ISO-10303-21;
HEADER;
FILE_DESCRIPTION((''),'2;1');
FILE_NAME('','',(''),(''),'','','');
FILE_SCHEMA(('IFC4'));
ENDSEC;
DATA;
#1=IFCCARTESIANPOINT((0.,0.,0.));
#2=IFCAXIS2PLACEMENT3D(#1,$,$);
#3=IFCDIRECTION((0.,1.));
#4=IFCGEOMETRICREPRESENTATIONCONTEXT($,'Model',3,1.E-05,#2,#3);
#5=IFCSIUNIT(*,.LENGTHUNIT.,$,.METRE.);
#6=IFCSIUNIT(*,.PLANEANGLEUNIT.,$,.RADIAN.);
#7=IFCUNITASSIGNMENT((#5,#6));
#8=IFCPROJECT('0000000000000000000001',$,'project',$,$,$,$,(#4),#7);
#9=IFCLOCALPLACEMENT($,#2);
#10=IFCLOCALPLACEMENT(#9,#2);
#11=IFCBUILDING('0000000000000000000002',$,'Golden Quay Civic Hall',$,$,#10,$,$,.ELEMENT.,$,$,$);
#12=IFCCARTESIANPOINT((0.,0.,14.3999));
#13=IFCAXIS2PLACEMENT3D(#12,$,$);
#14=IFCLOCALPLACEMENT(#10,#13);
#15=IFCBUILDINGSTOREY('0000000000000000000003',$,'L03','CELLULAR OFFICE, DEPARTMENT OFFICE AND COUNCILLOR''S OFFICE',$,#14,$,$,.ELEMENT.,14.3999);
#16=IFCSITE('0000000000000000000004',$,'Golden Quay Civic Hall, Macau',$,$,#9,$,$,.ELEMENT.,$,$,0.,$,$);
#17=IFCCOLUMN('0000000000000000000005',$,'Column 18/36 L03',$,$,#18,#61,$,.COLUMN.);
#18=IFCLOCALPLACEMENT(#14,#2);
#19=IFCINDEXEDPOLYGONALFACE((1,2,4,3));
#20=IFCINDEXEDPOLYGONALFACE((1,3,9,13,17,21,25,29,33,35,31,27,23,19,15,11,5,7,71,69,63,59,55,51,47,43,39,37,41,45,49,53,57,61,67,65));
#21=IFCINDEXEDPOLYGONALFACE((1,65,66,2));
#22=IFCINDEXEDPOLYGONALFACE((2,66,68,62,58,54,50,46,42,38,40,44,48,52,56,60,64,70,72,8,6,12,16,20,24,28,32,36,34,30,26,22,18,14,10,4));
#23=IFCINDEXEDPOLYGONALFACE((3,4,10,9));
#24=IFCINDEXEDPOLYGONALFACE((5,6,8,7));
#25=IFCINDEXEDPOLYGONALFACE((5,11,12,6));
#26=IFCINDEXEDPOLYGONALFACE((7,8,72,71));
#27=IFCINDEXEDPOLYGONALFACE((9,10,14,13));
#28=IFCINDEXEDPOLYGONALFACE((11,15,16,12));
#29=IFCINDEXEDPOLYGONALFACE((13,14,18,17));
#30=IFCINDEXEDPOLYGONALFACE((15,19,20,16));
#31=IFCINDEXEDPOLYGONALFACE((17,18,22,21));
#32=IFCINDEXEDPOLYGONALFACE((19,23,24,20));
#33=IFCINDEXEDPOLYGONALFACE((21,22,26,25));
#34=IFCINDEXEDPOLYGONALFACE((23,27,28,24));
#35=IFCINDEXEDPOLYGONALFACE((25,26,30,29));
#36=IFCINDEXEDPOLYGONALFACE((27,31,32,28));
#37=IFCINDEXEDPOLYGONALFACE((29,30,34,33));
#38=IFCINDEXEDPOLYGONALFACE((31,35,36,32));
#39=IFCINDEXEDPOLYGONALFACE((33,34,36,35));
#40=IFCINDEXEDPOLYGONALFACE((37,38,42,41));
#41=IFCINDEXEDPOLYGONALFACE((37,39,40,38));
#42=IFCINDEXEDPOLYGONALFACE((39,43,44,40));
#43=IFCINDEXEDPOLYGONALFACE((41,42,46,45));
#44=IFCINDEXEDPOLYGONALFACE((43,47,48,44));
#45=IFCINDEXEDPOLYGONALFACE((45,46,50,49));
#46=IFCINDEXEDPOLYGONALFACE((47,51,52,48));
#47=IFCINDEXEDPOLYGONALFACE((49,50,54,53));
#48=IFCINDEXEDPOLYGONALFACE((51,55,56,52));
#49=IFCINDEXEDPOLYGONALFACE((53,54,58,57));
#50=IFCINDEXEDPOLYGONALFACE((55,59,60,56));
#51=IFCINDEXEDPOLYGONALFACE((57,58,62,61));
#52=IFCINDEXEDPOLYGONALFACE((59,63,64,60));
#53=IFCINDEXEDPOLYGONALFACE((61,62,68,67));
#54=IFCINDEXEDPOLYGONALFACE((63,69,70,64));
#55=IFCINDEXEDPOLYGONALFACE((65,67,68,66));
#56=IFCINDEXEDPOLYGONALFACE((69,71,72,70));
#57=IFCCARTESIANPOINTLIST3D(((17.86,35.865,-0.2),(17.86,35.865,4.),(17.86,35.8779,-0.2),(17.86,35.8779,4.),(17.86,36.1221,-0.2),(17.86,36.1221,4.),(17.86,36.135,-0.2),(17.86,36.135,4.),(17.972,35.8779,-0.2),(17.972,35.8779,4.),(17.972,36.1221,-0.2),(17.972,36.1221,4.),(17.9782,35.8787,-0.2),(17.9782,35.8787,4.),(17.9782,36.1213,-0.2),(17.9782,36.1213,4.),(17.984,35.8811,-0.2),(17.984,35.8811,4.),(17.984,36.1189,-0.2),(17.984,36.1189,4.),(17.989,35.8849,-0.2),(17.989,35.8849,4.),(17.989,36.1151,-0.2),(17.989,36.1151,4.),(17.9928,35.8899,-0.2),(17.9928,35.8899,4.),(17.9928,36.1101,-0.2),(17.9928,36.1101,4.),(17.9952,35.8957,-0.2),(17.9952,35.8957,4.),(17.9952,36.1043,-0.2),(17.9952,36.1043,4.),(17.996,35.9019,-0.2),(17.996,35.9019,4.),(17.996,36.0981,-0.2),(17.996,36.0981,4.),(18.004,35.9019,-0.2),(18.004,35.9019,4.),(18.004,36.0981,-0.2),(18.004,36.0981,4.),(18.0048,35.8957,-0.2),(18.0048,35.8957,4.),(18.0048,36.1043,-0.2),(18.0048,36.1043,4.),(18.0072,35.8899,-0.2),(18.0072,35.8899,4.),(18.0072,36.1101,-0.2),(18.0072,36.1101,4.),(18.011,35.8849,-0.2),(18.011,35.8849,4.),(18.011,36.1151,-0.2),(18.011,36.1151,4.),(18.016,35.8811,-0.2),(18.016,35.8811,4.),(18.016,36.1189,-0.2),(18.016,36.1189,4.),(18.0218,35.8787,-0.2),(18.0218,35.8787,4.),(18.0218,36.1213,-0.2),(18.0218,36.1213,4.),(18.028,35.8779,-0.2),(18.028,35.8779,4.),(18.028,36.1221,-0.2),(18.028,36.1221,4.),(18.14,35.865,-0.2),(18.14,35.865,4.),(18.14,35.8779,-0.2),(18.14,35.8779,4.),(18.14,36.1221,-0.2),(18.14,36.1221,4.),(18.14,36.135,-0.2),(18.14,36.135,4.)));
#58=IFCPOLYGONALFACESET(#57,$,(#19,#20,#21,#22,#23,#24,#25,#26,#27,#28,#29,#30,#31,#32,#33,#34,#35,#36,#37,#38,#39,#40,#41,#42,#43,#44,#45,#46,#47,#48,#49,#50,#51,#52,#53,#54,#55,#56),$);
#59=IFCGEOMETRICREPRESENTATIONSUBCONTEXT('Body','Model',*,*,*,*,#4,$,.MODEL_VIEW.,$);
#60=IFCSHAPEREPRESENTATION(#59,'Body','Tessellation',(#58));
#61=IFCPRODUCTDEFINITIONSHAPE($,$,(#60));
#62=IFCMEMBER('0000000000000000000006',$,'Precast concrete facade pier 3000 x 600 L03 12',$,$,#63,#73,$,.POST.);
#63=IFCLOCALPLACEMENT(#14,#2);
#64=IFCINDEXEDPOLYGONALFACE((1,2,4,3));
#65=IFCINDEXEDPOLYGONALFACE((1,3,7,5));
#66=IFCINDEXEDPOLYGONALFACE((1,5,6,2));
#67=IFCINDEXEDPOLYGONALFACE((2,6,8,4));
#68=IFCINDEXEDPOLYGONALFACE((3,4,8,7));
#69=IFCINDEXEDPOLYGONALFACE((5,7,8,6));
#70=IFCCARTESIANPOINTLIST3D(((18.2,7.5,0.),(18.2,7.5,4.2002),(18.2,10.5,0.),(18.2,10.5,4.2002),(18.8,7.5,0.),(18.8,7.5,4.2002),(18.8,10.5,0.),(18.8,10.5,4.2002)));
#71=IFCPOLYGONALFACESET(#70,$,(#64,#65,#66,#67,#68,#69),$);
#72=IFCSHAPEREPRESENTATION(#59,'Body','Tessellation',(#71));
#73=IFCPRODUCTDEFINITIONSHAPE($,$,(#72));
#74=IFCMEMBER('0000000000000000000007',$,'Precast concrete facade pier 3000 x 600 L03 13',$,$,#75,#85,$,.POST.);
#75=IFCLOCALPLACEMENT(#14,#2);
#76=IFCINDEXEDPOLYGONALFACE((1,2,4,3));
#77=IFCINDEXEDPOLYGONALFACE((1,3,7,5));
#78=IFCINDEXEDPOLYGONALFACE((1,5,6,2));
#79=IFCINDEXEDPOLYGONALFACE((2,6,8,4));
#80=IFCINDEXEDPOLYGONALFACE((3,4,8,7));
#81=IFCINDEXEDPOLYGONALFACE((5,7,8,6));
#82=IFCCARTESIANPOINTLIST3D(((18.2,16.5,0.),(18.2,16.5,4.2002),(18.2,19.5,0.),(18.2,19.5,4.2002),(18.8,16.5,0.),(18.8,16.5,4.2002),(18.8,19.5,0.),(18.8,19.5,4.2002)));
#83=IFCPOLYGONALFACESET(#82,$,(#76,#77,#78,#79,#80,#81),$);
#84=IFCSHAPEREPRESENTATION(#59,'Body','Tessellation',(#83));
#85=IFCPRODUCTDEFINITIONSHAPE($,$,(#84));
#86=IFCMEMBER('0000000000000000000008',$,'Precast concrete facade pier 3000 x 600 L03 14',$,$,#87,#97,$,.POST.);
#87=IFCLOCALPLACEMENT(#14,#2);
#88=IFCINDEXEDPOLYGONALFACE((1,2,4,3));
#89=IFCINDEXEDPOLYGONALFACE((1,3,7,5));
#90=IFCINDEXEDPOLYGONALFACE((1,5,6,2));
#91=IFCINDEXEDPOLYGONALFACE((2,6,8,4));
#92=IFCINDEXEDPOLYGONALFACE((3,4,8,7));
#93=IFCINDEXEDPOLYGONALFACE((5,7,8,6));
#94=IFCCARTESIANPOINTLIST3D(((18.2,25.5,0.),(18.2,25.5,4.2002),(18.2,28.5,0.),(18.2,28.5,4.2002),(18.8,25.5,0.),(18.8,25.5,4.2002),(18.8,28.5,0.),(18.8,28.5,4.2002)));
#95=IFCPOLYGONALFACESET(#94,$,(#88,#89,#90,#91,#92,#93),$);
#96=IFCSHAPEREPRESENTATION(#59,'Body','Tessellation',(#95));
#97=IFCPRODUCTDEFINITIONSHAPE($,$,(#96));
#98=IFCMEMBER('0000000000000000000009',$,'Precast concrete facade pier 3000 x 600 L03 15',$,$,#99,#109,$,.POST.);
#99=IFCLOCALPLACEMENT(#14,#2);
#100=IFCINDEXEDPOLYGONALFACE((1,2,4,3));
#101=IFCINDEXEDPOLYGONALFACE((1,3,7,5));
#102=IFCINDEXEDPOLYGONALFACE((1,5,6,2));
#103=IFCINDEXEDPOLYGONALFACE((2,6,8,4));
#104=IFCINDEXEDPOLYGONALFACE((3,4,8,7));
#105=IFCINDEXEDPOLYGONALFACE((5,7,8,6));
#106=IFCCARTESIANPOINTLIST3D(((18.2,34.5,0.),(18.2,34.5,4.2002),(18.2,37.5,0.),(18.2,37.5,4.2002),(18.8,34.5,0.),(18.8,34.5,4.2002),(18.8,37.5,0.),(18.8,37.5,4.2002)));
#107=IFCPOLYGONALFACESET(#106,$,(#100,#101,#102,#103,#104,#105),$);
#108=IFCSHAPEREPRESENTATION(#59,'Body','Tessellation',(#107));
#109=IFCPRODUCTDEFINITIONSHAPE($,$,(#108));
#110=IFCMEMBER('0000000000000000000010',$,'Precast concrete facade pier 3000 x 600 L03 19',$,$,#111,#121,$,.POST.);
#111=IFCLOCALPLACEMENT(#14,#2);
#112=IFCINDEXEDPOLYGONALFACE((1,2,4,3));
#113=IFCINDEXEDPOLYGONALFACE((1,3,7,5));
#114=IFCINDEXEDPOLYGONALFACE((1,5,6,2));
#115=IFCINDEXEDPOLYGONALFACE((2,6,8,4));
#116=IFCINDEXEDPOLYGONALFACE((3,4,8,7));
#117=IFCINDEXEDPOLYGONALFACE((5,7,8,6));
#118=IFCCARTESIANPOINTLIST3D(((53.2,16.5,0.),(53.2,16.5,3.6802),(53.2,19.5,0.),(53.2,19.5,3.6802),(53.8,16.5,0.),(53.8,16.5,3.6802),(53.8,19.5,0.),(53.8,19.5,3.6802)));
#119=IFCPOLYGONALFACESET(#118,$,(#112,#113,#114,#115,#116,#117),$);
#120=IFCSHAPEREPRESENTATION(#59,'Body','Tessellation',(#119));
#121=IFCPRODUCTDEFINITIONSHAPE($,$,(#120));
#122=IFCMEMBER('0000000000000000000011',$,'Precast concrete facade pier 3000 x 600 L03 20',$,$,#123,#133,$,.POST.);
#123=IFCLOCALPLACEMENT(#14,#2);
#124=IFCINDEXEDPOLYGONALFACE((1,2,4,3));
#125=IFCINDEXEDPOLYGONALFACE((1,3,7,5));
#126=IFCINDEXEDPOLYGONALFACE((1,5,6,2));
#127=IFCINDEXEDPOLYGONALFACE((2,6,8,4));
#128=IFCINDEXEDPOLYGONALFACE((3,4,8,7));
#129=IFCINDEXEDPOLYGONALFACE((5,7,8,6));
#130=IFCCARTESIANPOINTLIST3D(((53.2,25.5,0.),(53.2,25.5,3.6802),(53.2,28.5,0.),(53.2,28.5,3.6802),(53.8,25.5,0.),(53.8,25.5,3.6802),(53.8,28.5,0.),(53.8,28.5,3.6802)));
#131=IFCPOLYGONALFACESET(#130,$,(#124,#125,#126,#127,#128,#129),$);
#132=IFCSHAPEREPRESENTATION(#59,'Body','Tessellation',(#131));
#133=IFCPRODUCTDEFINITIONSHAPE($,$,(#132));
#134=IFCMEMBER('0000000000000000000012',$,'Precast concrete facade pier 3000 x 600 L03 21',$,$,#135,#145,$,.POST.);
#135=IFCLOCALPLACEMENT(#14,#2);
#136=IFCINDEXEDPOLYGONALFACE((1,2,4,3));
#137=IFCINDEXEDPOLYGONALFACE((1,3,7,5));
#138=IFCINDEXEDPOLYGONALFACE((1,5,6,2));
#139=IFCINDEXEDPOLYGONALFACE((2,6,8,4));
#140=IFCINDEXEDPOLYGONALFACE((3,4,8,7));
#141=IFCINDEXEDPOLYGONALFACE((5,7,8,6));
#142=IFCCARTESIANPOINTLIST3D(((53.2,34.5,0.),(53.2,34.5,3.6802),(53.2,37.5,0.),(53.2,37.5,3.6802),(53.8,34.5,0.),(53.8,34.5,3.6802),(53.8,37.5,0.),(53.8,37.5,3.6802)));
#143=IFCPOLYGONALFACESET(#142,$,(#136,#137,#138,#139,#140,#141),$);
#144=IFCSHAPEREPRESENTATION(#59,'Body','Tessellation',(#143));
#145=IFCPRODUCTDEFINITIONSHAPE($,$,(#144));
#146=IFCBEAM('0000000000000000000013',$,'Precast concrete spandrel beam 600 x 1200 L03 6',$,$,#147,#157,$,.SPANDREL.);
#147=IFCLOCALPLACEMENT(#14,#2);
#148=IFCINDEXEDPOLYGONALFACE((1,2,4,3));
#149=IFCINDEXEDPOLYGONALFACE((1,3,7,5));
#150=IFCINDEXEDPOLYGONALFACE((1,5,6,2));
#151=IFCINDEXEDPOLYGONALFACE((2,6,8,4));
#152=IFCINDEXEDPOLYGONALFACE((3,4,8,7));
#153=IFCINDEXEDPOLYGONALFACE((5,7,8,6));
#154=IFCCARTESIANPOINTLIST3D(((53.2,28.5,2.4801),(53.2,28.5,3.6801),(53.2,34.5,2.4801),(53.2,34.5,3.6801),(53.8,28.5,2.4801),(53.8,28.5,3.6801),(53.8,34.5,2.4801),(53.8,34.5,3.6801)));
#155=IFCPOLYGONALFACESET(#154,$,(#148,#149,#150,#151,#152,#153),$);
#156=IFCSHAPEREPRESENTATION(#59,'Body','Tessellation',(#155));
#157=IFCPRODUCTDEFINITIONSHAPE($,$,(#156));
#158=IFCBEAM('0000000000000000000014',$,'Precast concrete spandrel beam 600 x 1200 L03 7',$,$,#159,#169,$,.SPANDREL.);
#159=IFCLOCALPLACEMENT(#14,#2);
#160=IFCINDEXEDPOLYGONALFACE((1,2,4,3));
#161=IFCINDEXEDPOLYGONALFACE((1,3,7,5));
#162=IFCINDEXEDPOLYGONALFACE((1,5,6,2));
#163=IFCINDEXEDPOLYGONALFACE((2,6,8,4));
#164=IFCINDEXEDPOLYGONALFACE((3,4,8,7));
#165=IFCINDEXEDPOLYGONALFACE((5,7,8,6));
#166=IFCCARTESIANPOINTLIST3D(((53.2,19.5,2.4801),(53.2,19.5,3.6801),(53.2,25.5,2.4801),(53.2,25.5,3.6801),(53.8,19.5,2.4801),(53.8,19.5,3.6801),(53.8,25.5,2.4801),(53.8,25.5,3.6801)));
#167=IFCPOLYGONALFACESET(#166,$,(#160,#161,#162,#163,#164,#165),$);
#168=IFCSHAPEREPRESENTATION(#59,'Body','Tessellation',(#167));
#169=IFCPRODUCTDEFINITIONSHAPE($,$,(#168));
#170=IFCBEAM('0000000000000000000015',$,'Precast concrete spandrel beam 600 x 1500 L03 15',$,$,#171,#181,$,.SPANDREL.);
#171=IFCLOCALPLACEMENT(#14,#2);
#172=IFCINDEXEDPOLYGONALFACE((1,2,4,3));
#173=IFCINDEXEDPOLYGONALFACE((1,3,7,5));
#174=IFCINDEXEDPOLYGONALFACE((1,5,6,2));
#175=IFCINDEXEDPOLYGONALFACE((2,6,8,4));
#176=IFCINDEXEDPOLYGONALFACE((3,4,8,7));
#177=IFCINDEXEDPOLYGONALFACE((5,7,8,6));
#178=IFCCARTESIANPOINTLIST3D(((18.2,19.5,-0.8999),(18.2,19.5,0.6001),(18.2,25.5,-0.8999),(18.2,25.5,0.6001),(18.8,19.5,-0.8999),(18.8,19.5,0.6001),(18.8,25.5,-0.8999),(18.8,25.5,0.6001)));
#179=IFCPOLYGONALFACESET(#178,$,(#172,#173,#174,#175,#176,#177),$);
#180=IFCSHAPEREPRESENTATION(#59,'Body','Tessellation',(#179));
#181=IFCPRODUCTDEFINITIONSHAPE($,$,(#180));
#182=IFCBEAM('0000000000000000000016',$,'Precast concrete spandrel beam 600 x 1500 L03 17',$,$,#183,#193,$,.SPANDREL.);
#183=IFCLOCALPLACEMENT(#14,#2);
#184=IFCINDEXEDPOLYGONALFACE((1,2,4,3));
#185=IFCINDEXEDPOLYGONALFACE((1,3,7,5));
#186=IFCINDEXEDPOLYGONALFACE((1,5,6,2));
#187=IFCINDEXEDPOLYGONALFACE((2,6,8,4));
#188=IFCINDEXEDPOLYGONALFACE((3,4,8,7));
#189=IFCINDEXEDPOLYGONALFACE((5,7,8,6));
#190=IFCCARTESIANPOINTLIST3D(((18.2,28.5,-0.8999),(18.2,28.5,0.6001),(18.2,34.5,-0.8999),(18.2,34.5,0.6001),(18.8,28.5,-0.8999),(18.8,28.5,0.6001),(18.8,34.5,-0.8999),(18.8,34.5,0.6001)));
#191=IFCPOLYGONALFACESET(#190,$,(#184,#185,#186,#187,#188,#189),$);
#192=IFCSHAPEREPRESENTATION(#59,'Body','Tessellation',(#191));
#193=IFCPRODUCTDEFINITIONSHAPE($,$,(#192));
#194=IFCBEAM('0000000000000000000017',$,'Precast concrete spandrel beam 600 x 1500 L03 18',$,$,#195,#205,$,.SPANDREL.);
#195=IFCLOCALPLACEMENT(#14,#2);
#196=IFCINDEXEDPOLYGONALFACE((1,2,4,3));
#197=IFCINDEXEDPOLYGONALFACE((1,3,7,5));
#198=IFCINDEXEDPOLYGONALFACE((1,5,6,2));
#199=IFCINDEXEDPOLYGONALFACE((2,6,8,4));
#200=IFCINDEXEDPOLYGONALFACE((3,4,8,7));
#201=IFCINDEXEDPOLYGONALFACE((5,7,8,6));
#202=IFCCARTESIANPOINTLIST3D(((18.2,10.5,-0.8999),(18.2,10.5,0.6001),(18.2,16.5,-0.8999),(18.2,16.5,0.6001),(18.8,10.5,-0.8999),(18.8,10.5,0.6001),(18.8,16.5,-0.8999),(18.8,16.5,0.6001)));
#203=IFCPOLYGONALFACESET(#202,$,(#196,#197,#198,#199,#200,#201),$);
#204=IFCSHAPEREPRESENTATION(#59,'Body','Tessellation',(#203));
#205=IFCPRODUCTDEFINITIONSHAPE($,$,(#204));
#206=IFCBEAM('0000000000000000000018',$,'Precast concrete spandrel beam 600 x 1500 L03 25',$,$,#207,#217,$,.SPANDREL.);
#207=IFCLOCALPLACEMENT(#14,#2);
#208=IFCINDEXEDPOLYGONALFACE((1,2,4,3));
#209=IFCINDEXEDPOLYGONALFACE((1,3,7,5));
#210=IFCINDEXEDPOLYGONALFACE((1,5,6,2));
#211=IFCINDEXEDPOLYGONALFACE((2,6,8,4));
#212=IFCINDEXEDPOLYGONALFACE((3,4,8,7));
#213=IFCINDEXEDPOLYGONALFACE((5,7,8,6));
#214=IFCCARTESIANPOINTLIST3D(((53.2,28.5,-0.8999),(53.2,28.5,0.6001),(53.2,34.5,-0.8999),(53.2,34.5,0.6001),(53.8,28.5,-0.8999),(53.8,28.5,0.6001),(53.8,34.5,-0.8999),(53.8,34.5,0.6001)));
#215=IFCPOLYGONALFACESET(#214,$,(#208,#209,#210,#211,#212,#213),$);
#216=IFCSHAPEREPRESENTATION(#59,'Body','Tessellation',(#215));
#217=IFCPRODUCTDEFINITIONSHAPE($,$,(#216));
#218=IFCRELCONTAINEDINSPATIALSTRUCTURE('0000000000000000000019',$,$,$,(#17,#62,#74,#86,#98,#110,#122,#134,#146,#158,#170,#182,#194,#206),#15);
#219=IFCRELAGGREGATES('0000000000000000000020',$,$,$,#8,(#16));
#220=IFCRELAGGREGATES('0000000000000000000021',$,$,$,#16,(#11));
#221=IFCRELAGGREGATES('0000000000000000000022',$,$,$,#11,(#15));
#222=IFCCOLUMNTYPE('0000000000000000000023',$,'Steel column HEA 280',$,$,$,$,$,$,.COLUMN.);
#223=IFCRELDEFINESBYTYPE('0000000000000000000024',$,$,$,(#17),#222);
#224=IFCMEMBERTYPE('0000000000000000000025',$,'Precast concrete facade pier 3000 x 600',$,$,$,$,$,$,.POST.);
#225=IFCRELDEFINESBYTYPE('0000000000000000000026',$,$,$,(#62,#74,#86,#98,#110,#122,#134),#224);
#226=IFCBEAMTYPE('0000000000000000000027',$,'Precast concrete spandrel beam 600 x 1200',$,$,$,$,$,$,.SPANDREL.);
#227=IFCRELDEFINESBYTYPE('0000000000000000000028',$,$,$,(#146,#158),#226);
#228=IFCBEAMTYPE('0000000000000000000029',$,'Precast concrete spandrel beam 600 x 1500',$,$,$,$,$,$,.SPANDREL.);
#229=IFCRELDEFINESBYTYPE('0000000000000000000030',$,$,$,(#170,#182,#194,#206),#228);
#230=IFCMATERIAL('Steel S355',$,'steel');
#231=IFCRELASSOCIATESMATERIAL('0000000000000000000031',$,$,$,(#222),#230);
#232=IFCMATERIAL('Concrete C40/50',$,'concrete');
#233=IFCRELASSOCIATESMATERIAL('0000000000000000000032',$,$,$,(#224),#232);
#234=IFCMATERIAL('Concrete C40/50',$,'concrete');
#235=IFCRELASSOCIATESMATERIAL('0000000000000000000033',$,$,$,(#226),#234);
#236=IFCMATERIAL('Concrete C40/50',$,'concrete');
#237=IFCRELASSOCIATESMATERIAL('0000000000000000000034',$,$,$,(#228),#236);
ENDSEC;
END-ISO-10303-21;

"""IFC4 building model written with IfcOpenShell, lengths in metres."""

from ifc_helpers import new_model, si_unit, direction, frame, origin, origin_2d, place, context, subcontext, project, spatial, rectangle, i_section, extrude, material, material_profile, profile_set, type_object, element, save


model = new_model("IFC4")

# Units and contexts
model_context = context("Model", 3, precision=1e-05, world=origin(), true_north=direction((0.0, 1.0)))
body_context = subcontext(model_context, "Body", "Model", "MODEL_VIEW")
ifc_project = project(units=[si_unit("LENGTHUNIT", "METRE"), si_unit("PLANEANGLEUNIT", "RADIAN")], contexts=[model_context])

# Site, building, storey
site_placement = place(None, origin())
site = spatial("IfcSite", under=ifc_project, at=site_placement, Name="Golden Quay Civic Hall, Macau", CompositionType="ELEMENT", RefElevation=0.0)
building_placement = place(site_placement, origin())
building = spatial("IfcBuilding", under=site, at=building_placement, Name="Golden Quay Civic Hall", CompositionType="ELEMENT")
storey_placement = place(building_placement, frame((0.0, 0.0, 14.3999)))
storey = spatial("IfcBuildingStorey", under=building, at=storey_placement, Name="L03", Description="CELLULAR OFFICE, DEPARTMENT OFFICE AND COUNCILLOR'S OFFICE", CompositionType="ELEMENT", Elevation=14.3999)

# Column
ifc_material_1 = material(Name="Steel S355", Category="steel")
ifc_material_profile_1 = material_profile(ifc_material_1, i_section(OverallWidth=0.28, OverallDepth=0.27, WebThickness=0.0081, FlangeThickness=0.0129, FilletRadius=0.0239, at=origin_2d()), Name="HEA 280")
ifc_profile_set_1 = profile_set([ifc_material_profile_1], Name="Steel S355")
column_type = type_object("IfcColumnType", Name="Steel column HEA 280", PredefinedType="COLUMN", material=ifc_profile_set_1)
column_placement = place(storey_placement, frame((18.0, 36.0, -0.2), z_axis=(0.0, 0.0, 1.0), x_axis=(1.0, 0.0, 0.0)))
element("IfcColumn", 1, at=column_placement, inside=storey, type_object=column_type, Name="Column 18/36 L03", PredefinedType="COLUMN", context=body_context, shape_type="SweptSolid", body=[
    extrude(i_section(OverallWidth=0.28, OverallDepth=0.27, WebThickness=0.0081, FlangeThickness=0.0129, FilletRadius=0.0239, at=origin_2d()), origin(), (0.0, 0.0, 1.0), 4.2),
])

# Members
ifc_material_2 = material(Name="Concrete C40/50", Category="concrete")
ifc_material_profile_2 = material_profile(ifc_material_2, rectangle(XDim=3.0, YDim=0.6001, at=origin_2d()), Name="RC 3000x600")
ifc_profile_set_2 = profile_set([ifc_material_profile_2], Name="Concrete C40/50")
member_type = type_object("IfcMemberType", Name="Precast concrete facade pier 3000 x 600", PredefinedType="POST", material=ifc_profile_set_2)
for number, where, z_axis, x_axis, name in (
    (2, (18.5, 9.0, 0.0), (0.0, 0.0, 1.0), (0.0, 1.0, 0.0), "Precast concrete facade pier 3000 x 600 L03 12"),
    (3, (18.5, 18.0, 0.0), (0.0, 0.0, 1.0), (0.0, 1.0, 0.0), "Precast concrete facade pier 3000 x 600 L03 13"),
    (4, (18.5, 27.0, 0.0), (0.0, 0.0, 1.0), (0.0, 1.0, 0.0), "Precast concrete facade pier 3000 x 600 L03 14"),
    (5, (18.5, 36.0, 0.0), (0.0, 0.0, 1.0), (0.0, 1.0, 0.0), "Precast concrete facade pier 3000 x 600 L03 15"),
):
    element("IfcMember", number, at=place(storey_placement, frame(where, z_axis=z_axis, x_axis=x_axis)), inside=storey, type_object=member_type, Name=name, PredefinedType="POST", context=body_context, shape_type="SweptSolid", body=[
        extrude(rectangle(XDim=3.0, YDim=0.6001, at=origin_2d()), origin(), (0.0, 0.0, 1.0), 4.2002),
    ])
for number, where, z_axis, x_axis, name in (
    (6, (53.5, 18.0, 0.0), (0.0, 0.0, 1.0), (0.0, 1.0, 0.0), "Precast concrete facade pier 3000 x 600 L03 19"),
    (7, (53.5, 27.0, 0.0), (0.0, 0.0, 1.0), (0.0, 1.0, 0.0), "Precast concrete facade pier 3000 x 600 L03 20"),
    (8, (53.5, 36.0, 0.0), (0.0, 0.0, 1.0), (0.0, 1.0, 0.0), "Precast concrete facade pier 3000 x 600 L03 21"),
):
    element("IfcMember", number, at=place(storey_placement, frame(where, z_axis=z_axis, x_axis=x_axis)), inside=storey, type_object=member_type, Name=name, PredefinedType="POST", context=body_context, shape_type="SweptSolid", body=[
        extrude(rectangle(XDim=3.0, YDim=0.6001, at=origin_2d()), origin(), (0.0, 0.0, 1.0), 3.6802),
    ])

# Beams
ifc_material_3 = material(Name="Concrete C40/50", Category="concrete")
ifc_material_profile_3 = material_profile(ifc_material_3, rectangle(XDim=0.6001, YDim=1.2, at=origin_2d()), Name="RC 600x1200")
ifc_profile_set_3 = profile_set([ifc_material_profile_3], Name="Concrete C40/50")
beam_type_1 = type_object("IfcBeamType", Name="Precast concrete spandrel beam 600 x 1200", PredefinedType="SPANDREL", material=ifc_profile_set_3)
for number, where, z_axis, x_axis, name in (
    (9, (53.5, 28.5, 3.0801), (0.0, 1.0, 0.0), (-1.0, 0.0, 0.0), "Precast concrete spandrel beam 600 x 1200 L03 6"),
    (10, (53.5, 19.5, 3.0801), (0.0, 1.0, 0.0), (-1.0, 0.0, 0.0), "Precast concrete spandrel beam 600 x 1200 L03 7"),
):
    element("IfcBeam", number, at=place(storey_placement, frame(where, z_axis=z_axis, x_axis=x_axis)), inside=storey, type_object=beam_type_1, Name=name, PredefinedType="SPANDREL", context=body_context, shape_type="SweptSolid", body=[
        extrude(rectangle(XDim=0.6001, YDim=1.2, at=origin_2d()), origin(), (0.0, 0.0, 1.0), 6.0),
    ])
ifc_material_4 = material(Name="Concrete C40/50", Category="concrete")
ifc_material_profile_4 = material_profile(ifc_material_4, rectangle(XDim=0.6001, YDim=1.5, at=origin_2d()), Name="RC 600x1500")
ifc_profile_set_4 = profile_set([ifc_material_profile_4], Name="Concrete C40/50")
beam_type_2 = type_object("IfcBeamType", Name="Precast concrete spandrel beam 600 x 1500", PredefinedType="SPANDREL", material=ifc_profile_set_4)
for number, where, z_axis, x_axis, name in (
    (11, (18.5, 19.5, -0.1499), (0.0, 1.0, 0.0), (-1.0, 0.0, 0.0), "Precast concrete spandrel beam 600 x 1500 L03 15"),
    (12, (18.5, 28.5, -0.1499), (0.0, 1.0, 0.0), (-1.0, 0.0, 0.0), "Precast concrete spandrel beam 600 x 1500 L03 17"),
    (13, (18.5, 10.5, -0.1499), (0.0, 1.0, 0.0), (-1.0, 0.0, 0.0), "Precast concrete spandrel beam 600 x 1500 L03 18"),
    (14, (53.5, 28.5, -0.1499), (0.0, 1.0, 0.0), (-1.0, 0.0, 0.0), "Precast concrete spandrel beam 600 x 1500 L03 25"),
):
    element("IfcBeam", number, at=place(storey_placement, frame(where, z_axis=z_axis, x_axis=x_axis)), inside=storey, type_object=beam_type_2, Name=name, PredefinedType="SPANDREL", context=body_context, shape_type="SweptSolid", body=[
        extrude(rectangle(XDim=0.6001, YDim=1.5, at=origin_2d()), origin(), (0.0, 0.0, 1.0), 6.0),
    ])

save(model, "model.ifc")
